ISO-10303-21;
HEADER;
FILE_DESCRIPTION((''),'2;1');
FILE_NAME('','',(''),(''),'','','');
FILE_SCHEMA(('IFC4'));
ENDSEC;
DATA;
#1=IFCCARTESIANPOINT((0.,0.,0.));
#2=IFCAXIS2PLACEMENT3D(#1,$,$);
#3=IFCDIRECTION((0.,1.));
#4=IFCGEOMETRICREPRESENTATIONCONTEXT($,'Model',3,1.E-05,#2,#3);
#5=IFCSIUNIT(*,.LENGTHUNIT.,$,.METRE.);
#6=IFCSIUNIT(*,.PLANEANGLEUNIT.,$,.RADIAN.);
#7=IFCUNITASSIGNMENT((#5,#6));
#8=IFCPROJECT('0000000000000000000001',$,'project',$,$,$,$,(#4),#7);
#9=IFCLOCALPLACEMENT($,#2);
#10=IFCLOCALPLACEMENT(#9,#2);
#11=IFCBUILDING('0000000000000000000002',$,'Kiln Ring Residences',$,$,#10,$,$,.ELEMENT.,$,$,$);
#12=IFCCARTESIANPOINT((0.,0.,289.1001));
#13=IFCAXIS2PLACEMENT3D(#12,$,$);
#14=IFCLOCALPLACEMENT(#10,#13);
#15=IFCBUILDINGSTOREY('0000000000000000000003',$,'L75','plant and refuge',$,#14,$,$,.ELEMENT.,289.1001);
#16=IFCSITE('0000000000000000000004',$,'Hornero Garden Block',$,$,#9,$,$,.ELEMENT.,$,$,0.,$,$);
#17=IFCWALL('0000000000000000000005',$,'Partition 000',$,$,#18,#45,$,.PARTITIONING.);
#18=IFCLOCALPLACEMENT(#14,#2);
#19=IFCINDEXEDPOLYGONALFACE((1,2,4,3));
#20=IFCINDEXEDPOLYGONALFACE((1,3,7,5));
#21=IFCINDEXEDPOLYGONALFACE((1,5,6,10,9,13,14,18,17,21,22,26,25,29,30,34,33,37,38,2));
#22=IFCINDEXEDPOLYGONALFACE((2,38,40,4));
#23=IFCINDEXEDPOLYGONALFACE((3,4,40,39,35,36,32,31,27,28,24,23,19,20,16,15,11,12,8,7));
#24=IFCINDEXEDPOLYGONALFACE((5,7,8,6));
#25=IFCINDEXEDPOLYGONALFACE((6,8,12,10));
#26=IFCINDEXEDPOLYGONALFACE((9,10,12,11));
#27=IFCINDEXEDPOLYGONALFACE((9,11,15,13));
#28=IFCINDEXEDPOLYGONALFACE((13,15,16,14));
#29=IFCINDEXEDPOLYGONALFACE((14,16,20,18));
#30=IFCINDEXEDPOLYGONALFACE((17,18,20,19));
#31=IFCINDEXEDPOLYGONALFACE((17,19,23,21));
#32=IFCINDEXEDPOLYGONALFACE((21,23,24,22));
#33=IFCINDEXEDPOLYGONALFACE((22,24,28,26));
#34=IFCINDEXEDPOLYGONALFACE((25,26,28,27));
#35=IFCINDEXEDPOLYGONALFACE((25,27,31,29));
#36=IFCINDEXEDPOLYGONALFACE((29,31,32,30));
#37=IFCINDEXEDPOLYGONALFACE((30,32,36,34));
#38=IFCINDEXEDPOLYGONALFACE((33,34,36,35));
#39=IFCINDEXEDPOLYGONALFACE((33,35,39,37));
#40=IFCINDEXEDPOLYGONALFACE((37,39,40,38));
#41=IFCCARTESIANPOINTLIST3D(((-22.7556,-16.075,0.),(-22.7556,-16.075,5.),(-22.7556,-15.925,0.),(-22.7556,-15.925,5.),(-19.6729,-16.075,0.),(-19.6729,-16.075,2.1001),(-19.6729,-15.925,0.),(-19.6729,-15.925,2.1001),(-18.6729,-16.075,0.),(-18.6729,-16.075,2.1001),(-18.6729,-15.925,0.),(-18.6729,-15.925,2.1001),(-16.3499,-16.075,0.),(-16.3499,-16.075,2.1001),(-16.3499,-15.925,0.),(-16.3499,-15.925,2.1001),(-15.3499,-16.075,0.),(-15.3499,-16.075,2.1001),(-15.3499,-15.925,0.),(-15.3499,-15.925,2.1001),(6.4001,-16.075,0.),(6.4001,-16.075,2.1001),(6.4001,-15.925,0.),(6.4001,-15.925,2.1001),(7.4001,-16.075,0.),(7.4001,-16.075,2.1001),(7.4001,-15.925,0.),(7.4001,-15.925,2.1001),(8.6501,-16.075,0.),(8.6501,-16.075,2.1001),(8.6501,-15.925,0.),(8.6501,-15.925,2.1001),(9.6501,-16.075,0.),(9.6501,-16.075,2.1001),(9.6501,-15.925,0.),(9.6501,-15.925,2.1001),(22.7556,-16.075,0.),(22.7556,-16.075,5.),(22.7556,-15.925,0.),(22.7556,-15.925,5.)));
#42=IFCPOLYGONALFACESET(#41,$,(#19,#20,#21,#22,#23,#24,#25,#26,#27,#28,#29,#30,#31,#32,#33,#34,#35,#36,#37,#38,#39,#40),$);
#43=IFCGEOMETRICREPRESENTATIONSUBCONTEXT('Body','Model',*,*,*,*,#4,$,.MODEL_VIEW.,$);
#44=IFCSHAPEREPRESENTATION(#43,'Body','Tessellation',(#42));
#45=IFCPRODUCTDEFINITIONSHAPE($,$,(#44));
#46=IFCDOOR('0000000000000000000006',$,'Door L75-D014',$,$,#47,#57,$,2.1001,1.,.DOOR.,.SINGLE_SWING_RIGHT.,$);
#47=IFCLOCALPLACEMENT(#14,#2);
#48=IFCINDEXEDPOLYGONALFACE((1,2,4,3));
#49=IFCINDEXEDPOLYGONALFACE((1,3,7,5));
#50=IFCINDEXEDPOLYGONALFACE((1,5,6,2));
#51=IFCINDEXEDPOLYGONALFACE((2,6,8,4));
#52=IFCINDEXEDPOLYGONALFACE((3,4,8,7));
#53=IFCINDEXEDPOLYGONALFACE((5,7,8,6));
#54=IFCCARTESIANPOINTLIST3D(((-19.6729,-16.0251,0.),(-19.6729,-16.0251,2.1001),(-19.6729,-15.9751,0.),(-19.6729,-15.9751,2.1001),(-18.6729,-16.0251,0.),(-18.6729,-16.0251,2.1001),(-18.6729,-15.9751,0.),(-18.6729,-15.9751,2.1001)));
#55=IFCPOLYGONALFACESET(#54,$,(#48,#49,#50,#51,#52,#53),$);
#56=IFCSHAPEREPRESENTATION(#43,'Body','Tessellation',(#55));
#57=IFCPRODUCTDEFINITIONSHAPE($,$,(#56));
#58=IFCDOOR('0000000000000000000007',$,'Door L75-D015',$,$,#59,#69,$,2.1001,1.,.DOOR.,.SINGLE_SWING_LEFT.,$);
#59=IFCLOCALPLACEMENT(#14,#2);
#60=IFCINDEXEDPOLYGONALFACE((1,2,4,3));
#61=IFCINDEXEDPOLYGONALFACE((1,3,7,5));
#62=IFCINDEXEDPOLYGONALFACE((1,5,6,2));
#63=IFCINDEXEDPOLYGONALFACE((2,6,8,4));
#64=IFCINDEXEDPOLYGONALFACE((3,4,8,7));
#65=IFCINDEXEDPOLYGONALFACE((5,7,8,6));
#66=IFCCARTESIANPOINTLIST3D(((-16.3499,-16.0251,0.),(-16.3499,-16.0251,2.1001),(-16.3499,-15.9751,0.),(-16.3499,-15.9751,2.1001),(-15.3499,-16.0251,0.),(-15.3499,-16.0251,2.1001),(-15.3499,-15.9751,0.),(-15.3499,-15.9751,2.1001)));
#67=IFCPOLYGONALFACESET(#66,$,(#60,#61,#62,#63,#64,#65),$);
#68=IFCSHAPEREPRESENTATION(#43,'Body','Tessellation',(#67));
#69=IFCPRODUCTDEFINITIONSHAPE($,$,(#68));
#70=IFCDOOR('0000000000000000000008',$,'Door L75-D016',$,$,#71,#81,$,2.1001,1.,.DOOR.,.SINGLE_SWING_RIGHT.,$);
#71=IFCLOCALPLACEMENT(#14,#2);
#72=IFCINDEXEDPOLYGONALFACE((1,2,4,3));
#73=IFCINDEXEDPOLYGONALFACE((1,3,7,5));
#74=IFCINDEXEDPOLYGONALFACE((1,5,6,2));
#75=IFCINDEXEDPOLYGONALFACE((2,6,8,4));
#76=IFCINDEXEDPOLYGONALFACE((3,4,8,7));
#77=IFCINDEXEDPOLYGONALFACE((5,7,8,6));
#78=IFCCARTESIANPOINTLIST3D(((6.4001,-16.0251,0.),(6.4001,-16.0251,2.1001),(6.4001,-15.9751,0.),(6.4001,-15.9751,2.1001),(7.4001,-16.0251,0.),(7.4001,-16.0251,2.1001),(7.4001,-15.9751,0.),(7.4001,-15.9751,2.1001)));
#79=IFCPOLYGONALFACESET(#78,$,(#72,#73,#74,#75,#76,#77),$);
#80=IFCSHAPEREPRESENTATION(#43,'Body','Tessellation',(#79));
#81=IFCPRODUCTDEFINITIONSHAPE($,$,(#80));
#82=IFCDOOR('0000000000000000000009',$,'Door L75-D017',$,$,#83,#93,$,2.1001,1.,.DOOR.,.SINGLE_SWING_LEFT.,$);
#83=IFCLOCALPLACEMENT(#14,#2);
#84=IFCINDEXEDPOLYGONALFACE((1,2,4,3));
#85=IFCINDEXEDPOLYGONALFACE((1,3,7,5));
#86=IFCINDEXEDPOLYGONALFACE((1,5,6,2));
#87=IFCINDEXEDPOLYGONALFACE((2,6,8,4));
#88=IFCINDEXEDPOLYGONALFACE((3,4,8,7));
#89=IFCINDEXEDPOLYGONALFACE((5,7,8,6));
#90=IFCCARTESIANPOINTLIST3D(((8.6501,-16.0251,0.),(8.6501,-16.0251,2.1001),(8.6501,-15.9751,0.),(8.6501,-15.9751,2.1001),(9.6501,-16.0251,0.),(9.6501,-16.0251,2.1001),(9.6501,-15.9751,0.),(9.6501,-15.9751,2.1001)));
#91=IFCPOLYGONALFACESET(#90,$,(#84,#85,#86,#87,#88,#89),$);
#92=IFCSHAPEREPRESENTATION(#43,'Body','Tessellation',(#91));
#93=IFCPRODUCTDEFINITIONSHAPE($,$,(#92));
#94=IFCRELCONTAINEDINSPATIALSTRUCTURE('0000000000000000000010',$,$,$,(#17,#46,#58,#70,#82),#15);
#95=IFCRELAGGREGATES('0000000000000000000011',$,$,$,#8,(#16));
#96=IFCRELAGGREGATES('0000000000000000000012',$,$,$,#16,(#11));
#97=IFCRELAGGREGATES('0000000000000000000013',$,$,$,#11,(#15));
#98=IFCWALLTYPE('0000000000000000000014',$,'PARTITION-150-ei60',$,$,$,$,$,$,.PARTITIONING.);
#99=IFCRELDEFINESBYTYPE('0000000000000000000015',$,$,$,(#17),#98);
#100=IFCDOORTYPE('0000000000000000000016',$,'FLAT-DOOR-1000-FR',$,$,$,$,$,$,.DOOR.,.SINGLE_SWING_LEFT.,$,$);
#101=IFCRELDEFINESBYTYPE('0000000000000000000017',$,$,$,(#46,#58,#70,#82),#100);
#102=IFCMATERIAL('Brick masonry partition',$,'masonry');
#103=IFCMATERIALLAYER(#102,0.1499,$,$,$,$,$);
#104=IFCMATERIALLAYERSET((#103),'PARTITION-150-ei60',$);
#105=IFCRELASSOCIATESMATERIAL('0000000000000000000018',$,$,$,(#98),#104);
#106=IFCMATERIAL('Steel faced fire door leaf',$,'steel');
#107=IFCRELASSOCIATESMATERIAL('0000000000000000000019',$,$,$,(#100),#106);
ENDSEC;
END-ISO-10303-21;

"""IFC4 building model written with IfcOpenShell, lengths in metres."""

from ifc_helpers import new_model, si_unit, direction, frame, frame_2d, origin, place, context, subcontext, project, spatial, rectangle, extrude, material, layer, layer_set, type_object, element, fill, save


model = new_model("IFC4")

# Units and contexts
model_context = context("Model", 3, precision=1e-05, world=origin(), true_north=direction((0.0, 1.0)))
body_context = subcontext(model_context, "Body", "Model", "MODEL_VIEW")
ifc_project = project(units=[si_unit("LENGTHUNIT", "METRE"), si_unit("PLANEANGLEUNIT", "RADIAN")], contexts=[model_context])

# Site, building, storey
site_placement = place(None, origin())
site = spatial("IfcSite", under=ifc_project, at=site_placement, Name="Hornero Garden Block", CompositionType="ELEMENT", RefElevation=0.0)
building_placement = place(site_placement, origin())
building = spatial("IfcBuilding", under=site, at=building_placement, Name="Kiln Ring Residences", CompositionType="ELEMENT")
storey_placement = place(building_placement, frame((0.0, 0.0, 289.1001)))
storey = spatial("IfcBuildingStorey", under=building, at=storey_placement, Name="L75", Description="plant and refuge", CompositionType="ELEMENT", Elevation=289.1001)

# Wall, openings, doors
ifc_material_1 = material(Name="Brick masonry partition", Category="masonry")
ifc_layer_1 = layer(ifc_material_1, 0.1499)
ifc_layer_set_1 = layer_set([ifc_layer_1], Name="PARTITION-150-ei60")
wall_type_1 = type_object("IfcWallType", Name="PARTITION-150-ei60", PredefinedType="PARTITIONING", material=ifc_layer_set_1)
wall_1_placement = place(storey_placement, frame((-22.7556, -16.0, 0.0), z_axis=(0.0, 0.0, 1.0), x_axis=(1.0, 0.0, 0.0)))
wall_1 = element("IfcWall", 1, at=wall_1_placement, inside=storey, type_object=wall_type_1, Name="Partition 000", PredefinedType="PARTITIONING", context=body_context, shape_type="SweptSolid", body=[
    extrude(rectangle(XDim=45.5112, YDim=0.1499, at=frame_2d((22.7556, 0.0))), origin(), (0.0, 0.0, 1.0), 5.0),
])
opening_1_placement = place(wall_1_placement, frame((3.0828, 0.0, 0.0)))
opening_1 = element("IfcOpeningElement", 2, at=opening_1_placement, cuts=wall_1, PredefinedType="OPENING", context=body_context, shape_type="SweptSolid", body=[
    extrude(rectangle(XDim=1.0, YDim=2.1001, at=frame_2d((0.5, 1.05))), frame((0.0, 0.085, 0.0), z_axis=(0.0, -1.0, 0.0), x_axis=(1.0, 0.0, 0.0)), (0.0, 0.0, 1.0), 0.1699),
])
opening_2_placement = place(wall_1_placement, frame((6.4058, 0.0, 0.0)))
opening_2 = element("IfcOpeningElement", 3, at=opening_2_placement, cuts=wall_1, PredefinedType="OPENING", context=body_context, shape_type="SweptSolid", body=[
    extrude(rectangle(XDim=1.0, YDim=2.1001, at=frame_2d((0.5, 1.05))), frame((0.0, 0.085, 0.0), z_axis=(0.0, -1.0, 0.0), x_axis=(1.0, 0.0, 0.0)), (0.0, 0.0, 1.0), 0.1699),
])
opening_3_placement = place(wall_1_placement, frame((29.1558, 0.0, 0.0)))
opening_3 = element("IfcOpeningElement", 4, at=opening_3_placement, cuts=wall_1, PredefinedType="OPENING", context=body_context, shape_type="SweptSolid", body=[
    extrude(rectangle(XDim=1.0, YDim=2.1001, at=frame_2d((0.5, 1.05))), frame((0.0, 0.085, 0.0), z_axis=(0.0, -1.0, 0.0), x_axis=(1.0, 0.0, 0.0)), (0.0, 0.0, 1.0), 0.1699),
])
opening_4_placement = place(wall_1_placement, frame((31.4058, 0.0, 0.0)))
opening_4 = element("IfcOpeningElement", 5, at=opening_4_placement, cuts=wall_1, PredefinedType="OPENING", context=body_context, shape_type="SweptSolid", body=[
    extrude(rectangle(XDim=1.0, YDim=2.1001, at=frame_2d((0.5, 1.05))), frame((0.0, 0.085, 0.0), z_axis=(0.0, -1.0, 0.0), x_axis=(1.0, 0.0, 0.0)), (0.0, 0.0, 1.0), 0.1699),
])
ifc_material_2 = material(Name="Steel faced fire door leaf", Category="steel")
door_type_1 = type_object("IfcDoorType", Name="FLAT-DOOR-1000-FR", OperationType="SINGLE_SWING_LEFT", PredefinedType="DOOR", material=ifc_material_2)
door_1_placement = place(opening_1_placement, origin())
door_1 = element("IfcDoor", 6, at=door_1_placement, inside=storey, type_object=door_type_1, Name="Door L75-D014", OperationType="SINGLE_SWING_RIGHT", OverallHeight=2.1001, OverallWidth=1.0, PredefinedType="DOOR", context=body_context, shape_type="SweptSolid", body=[
    extrude(rectangle(XDim=1.0, YDim=2.1001, at=frame_2d((0.5, 1.05))), frame((0.0, 0.0249, 0.0), z_axis=(0.0, -1.0, 0.0), x_axis=(1.0, 0.0, 0.0)), (0.0, 0.0, 1.0), 0.05),
])
fill(opening_1, door_1)
door_2_placement = place(opening_2_placement, origin())
door_2 = element("IfcDoor", 7, at=door_2_placement, inside=storey, type_object=door_type_1, Name="Door L75-D015", OperationType="SINGLE_SWING_LEFT", OverallHeight=2.1001, OverallWidth=1.0, PredefinedType="DOOR", context=body_context, shape_type="SweptSolid", body=[
    extrude(rectangle(XDim=1.0, YDim=2.1001, at=frame_2d((0.5, 1.05))), frame((0.0, 0.0249, 0.0), z_axis=(0.0, -1.0, 0.0), x_axis=(1.0, 0.0, 0.0)), (0.0, 0.0, 1.0), 0.05),
])
fill(opening_2, door_2)
door_3_placement = place(opening_3_placement, origin())
door_3 = element("IfcDoor", 8, at=door_3_placement, inside=storey, type_object=door_type_1, Name="Door L75-D016", OperationType="SINGLE_SWING_RIGHT", OverallHeight=2.1001, OverallWidth=1.0, PredefinedType="DOOR", context=body_context, shape_type="SweptSolid", body=[
    extrude(rectangle(XDim=1.0, YDim=2.1001, at=frame_2d((0.5, 1.05))), frame((0.0, 0.0249, 0.0), z_axis=(0.0, -1.0, 0.0), x_axis=(1.0, 0.0, 0.0)), (0.0, 0.0, 1.0), 0.05),
])
fill(opening_3, door_3)
door_4_placement = place(opening_4_placement, origin())
door_4 = element("IfcDoor", 9, at=door_4_placement, inside=storey, type_object=door_type_1, Name="Door L75-D017", OperationType="SINGLE_SWING_LEFT", OverallHeight=2.1001, OverallWidth=1.0, PredefinedType="DOOR", context=body_context, shape_type="SweptSolid", body=[
    extrude(rectangle(XDim=1.0, YDim=2.1001, at=frame_2d((0.5, 1.05))), frame((0.0, 0.0249, 0.0), z_axis=(0.0, -1.0, 0.0), x_axis=(1.0, 0.0, 0.0)), (0.0, 0.0, 1.0), 0.05),
])
fill(opening_4, door_4)

save(model, "model.ifc")
